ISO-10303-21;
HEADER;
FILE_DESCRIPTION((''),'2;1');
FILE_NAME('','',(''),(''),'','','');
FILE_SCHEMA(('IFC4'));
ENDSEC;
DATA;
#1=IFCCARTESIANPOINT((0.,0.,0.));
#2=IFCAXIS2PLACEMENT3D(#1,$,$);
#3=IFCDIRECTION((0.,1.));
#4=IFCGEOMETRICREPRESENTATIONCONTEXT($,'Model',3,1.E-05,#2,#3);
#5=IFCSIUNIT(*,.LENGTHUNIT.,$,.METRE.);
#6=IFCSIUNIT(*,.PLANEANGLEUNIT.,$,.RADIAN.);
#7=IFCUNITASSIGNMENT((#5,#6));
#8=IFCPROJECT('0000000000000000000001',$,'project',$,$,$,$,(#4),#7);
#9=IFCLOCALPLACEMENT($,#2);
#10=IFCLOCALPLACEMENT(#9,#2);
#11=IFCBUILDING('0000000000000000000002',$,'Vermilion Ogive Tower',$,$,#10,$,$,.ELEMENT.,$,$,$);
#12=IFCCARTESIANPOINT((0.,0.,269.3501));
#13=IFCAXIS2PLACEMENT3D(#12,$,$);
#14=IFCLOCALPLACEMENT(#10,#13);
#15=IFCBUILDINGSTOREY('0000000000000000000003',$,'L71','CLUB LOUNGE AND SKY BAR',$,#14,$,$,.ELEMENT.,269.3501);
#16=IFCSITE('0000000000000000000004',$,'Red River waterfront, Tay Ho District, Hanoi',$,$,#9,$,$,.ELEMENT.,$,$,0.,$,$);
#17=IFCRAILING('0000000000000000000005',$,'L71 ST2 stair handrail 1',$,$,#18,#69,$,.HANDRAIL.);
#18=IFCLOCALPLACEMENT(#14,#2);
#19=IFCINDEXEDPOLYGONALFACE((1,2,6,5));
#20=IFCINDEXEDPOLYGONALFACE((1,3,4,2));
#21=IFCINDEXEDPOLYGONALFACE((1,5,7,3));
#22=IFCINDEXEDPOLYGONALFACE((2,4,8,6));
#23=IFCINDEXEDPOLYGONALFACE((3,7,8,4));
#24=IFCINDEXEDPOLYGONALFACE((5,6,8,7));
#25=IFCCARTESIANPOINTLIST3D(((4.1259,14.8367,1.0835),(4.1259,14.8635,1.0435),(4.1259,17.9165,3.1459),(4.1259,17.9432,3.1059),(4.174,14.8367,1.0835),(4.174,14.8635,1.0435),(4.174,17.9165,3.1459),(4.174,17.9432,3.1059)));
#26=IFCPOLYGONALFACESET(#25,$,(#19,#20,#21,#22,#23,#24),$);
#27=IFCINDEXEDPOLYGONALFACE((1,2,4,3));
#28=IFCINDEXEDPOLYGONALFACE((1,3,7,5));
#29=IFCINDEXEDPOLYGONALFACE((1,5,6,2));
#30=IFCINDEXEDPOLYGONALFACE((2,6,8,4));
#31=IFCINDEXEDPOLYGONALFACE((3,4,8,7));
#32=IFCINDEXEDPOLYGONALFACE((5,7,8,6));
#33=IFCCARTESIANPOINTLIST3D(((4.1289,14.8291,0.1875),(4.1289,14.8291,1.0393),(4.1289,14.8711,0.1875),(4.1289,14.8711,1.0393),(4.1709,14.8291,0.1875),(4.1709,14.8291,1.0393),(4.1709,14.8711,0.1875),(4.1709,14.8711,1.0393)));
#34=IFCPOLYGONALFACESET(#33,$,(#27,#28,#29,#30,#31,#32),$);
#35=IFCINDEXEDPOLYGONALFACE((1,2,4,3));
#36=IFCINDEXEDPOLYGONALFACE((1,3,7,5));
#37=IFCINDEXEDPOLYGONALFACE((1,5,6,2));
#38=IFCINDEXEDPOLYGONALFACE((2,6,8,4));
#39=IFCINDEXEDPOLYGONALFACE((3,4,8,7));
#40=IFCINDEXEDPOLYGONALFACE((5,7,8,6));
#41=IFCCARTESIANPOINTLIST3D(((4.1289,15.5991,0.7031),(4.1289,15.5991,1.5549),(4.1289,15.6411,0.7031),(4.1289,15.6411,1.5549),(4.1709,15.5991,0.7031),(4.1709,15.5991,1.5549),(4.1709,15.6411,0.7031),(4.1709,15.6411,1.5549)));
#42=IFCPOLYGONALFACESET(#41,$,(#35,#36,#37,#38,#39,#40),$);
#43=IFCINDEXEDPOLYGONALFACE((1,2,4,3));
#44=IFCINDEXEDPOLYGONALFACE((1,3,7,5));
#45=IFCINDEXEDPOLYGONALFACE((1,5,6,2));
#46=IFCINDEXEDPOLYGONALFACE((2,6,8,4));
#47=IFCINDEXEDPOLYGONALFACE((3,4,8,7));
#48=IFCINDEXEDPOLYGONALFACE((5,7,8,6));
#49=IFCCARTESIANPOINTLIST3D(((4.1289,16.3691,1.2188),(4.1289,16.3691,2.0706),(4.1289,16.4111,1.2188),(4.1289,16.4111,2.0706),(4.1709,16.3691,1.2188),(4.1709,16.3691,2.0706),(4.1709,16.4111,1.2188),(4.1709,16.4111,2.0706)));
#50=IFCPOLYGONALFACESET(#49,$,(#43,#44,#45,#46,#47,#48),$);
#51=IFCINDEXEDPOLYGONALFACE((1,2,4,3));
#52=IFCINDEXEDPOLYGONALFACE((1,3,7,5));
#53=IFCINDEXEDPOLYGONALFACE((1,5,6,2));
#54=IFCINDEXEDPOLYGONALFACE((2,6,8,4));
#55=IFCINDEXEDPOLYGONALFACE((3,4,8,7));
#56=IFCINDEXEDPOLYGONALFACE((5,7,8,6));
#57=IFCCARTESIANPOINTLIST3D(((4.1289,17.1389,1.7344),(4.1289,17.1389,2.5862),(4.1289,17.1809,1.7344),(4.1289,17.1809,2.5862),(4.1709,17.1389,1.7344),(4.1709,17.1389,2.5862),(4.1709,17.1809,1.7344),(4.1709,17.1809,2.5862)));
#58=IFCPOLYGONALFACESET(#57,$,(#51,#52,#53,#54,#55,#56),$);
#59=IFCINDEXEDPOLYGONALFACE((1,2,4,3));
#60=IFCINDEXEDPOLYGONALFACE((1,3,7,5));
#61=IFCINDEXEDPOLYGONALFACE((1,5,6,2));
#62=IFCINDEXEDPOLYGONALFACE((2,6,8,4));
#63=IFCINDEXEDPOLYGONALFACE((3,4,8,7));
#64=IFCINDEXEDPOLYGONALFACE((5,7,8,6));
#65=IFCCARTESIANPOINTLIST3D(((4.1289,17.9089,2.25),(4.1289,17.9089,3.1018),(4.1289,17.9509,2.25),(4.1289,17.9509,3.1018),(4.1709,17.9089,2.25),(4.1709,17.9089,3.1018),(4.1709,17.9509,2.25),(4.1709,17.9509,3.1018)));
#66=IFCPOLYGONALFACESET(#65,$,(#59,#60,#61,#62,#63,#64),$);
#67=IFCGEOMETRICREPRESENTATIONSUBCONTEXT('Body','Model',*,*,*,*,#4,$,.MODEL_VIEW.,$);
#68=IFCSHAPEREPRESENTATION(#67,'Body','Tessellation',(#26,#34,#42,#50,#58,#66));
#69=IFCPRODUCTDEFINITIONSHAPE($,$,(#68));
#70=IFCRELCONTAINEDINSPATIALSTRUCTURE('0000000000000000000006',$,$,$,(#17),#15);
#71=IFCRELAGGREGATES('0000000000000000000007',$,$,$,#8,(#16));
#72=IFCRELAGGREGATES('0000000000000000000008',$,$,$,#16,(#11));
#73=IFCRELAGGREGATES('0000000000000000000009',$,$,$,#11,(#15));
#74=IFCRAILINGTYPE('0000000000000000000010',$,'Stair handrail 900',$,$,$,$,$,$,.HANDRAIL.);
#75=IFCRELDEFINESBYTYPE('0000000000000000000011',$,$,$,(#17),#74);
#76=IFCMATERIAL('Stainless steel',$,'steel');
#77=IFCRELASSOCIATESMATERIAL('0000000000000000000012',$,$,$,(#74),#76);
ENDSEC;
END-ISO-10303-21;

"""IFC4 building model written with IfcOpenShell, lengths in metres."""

from ifc_helpers import new_model, si_unit, direction, frame, origin, origin_2d, place, context, subcontext, project, spatial, rectangle, extrude, material, type_object, element, save


model = new_model("IFC4")

# Units and contexts
model_context = context("Model", 3, precision=1e-05, world=origin(), true_north=direction((0.0, 1.0)))
body_context = subcontext(model_context, "Body", "Model", "MODEL_VIEW")
ifc_project = project(units=[si_unit("LENGTHUNIT", "METRE"), si_unit("PLANEANGLEUNIT", "RADIAN")], contexts=[model_context])

# Site, building, storey
site_placement = place(None, origin())
site = spatial("IfcSite", under=ifc_project, at=site_placement, Name="Red River waterfront, Tay Ho District, Hanoi", CompositionType="ELEMENT", RefElevation=0.0)
building_placement = place(site_placement, origin())
building = spatial("IfcBuilding", under=site, at=building_placement, Name="Vermilion Ogive Tower", CompositionType="ELEMENT")
storey_placement = place(building_placement, frame((0.0, 0.0, 269.3501)))
storey = spatial("IfcBuildingStorey", under=building, at=storey_placement, Name="L71", Description="CLUB LOUNGE AND SKY BAR", CompositionType="ELEMENT", Elevation=269.3501)

# Railing
ifc_material_1 = material(Name="Stainless steel", Category="steel")
railing_type_1 = type_object("IfcRailingType", Name="Stair handrail 900", PredefinedType="HANDRAIL", material=ifc_material_1)
railing_1_placement = place(storey_placement, frame((4.1499, 14.8501, 0.1875)))
element("IfcRailing", 1, at=railing_1_placement, inside=storey, type_object=railing_type_1, Name="L71 ST2 stair handrail 1", PredefinedType="HANDRAIL", context=body_context, shape_type="SweptSolid", body=[
    extrude(rectangle(XDim=0.0481, YDim=0.0481, at=origin_2d()), frame((0.0, 0.0, 0.876), z_axis=(0.0, 0.830893, 0.556432), x_axis=(-1.0, 0.0, 0.0)), (0.0, 0.0, 1.0), 3.7065),
    extrude(rectangle(XDim=0.042, YDim=0.042, at=origin_2d()), origin(), (0.0, 0.0, 1.0), 0.8518),
    extrude(rectangle(XDim=0.042, YDim=0.042, at=origin_2d()), frame((0.0, 0.77, 0.5156)), (0.0, 0.0, 1.0), 0.8518),
    extrude(rectangle(XDim=0.042, YDim=0.042, at=origin_2d()), frame((0.0, 1.54, 1.0312)), (0.0, 0.0, 1.0), 0.8518),
    extrude(rectangle(XDim=0.042, YDim=0.042, at=origin_2d()), frame((0.0, 2.3098, 1.5469)), (0.0, 0.0, 1.0), 0.8518),
    extrude(rectangle(XDim=0.042, YDim=0.042, at=origin_2d()), frame((0.0, 3.0798, 2.0625)), (0.0, 0.0, 1.0), 0.8518),
])

save(model, "model.ifc")
